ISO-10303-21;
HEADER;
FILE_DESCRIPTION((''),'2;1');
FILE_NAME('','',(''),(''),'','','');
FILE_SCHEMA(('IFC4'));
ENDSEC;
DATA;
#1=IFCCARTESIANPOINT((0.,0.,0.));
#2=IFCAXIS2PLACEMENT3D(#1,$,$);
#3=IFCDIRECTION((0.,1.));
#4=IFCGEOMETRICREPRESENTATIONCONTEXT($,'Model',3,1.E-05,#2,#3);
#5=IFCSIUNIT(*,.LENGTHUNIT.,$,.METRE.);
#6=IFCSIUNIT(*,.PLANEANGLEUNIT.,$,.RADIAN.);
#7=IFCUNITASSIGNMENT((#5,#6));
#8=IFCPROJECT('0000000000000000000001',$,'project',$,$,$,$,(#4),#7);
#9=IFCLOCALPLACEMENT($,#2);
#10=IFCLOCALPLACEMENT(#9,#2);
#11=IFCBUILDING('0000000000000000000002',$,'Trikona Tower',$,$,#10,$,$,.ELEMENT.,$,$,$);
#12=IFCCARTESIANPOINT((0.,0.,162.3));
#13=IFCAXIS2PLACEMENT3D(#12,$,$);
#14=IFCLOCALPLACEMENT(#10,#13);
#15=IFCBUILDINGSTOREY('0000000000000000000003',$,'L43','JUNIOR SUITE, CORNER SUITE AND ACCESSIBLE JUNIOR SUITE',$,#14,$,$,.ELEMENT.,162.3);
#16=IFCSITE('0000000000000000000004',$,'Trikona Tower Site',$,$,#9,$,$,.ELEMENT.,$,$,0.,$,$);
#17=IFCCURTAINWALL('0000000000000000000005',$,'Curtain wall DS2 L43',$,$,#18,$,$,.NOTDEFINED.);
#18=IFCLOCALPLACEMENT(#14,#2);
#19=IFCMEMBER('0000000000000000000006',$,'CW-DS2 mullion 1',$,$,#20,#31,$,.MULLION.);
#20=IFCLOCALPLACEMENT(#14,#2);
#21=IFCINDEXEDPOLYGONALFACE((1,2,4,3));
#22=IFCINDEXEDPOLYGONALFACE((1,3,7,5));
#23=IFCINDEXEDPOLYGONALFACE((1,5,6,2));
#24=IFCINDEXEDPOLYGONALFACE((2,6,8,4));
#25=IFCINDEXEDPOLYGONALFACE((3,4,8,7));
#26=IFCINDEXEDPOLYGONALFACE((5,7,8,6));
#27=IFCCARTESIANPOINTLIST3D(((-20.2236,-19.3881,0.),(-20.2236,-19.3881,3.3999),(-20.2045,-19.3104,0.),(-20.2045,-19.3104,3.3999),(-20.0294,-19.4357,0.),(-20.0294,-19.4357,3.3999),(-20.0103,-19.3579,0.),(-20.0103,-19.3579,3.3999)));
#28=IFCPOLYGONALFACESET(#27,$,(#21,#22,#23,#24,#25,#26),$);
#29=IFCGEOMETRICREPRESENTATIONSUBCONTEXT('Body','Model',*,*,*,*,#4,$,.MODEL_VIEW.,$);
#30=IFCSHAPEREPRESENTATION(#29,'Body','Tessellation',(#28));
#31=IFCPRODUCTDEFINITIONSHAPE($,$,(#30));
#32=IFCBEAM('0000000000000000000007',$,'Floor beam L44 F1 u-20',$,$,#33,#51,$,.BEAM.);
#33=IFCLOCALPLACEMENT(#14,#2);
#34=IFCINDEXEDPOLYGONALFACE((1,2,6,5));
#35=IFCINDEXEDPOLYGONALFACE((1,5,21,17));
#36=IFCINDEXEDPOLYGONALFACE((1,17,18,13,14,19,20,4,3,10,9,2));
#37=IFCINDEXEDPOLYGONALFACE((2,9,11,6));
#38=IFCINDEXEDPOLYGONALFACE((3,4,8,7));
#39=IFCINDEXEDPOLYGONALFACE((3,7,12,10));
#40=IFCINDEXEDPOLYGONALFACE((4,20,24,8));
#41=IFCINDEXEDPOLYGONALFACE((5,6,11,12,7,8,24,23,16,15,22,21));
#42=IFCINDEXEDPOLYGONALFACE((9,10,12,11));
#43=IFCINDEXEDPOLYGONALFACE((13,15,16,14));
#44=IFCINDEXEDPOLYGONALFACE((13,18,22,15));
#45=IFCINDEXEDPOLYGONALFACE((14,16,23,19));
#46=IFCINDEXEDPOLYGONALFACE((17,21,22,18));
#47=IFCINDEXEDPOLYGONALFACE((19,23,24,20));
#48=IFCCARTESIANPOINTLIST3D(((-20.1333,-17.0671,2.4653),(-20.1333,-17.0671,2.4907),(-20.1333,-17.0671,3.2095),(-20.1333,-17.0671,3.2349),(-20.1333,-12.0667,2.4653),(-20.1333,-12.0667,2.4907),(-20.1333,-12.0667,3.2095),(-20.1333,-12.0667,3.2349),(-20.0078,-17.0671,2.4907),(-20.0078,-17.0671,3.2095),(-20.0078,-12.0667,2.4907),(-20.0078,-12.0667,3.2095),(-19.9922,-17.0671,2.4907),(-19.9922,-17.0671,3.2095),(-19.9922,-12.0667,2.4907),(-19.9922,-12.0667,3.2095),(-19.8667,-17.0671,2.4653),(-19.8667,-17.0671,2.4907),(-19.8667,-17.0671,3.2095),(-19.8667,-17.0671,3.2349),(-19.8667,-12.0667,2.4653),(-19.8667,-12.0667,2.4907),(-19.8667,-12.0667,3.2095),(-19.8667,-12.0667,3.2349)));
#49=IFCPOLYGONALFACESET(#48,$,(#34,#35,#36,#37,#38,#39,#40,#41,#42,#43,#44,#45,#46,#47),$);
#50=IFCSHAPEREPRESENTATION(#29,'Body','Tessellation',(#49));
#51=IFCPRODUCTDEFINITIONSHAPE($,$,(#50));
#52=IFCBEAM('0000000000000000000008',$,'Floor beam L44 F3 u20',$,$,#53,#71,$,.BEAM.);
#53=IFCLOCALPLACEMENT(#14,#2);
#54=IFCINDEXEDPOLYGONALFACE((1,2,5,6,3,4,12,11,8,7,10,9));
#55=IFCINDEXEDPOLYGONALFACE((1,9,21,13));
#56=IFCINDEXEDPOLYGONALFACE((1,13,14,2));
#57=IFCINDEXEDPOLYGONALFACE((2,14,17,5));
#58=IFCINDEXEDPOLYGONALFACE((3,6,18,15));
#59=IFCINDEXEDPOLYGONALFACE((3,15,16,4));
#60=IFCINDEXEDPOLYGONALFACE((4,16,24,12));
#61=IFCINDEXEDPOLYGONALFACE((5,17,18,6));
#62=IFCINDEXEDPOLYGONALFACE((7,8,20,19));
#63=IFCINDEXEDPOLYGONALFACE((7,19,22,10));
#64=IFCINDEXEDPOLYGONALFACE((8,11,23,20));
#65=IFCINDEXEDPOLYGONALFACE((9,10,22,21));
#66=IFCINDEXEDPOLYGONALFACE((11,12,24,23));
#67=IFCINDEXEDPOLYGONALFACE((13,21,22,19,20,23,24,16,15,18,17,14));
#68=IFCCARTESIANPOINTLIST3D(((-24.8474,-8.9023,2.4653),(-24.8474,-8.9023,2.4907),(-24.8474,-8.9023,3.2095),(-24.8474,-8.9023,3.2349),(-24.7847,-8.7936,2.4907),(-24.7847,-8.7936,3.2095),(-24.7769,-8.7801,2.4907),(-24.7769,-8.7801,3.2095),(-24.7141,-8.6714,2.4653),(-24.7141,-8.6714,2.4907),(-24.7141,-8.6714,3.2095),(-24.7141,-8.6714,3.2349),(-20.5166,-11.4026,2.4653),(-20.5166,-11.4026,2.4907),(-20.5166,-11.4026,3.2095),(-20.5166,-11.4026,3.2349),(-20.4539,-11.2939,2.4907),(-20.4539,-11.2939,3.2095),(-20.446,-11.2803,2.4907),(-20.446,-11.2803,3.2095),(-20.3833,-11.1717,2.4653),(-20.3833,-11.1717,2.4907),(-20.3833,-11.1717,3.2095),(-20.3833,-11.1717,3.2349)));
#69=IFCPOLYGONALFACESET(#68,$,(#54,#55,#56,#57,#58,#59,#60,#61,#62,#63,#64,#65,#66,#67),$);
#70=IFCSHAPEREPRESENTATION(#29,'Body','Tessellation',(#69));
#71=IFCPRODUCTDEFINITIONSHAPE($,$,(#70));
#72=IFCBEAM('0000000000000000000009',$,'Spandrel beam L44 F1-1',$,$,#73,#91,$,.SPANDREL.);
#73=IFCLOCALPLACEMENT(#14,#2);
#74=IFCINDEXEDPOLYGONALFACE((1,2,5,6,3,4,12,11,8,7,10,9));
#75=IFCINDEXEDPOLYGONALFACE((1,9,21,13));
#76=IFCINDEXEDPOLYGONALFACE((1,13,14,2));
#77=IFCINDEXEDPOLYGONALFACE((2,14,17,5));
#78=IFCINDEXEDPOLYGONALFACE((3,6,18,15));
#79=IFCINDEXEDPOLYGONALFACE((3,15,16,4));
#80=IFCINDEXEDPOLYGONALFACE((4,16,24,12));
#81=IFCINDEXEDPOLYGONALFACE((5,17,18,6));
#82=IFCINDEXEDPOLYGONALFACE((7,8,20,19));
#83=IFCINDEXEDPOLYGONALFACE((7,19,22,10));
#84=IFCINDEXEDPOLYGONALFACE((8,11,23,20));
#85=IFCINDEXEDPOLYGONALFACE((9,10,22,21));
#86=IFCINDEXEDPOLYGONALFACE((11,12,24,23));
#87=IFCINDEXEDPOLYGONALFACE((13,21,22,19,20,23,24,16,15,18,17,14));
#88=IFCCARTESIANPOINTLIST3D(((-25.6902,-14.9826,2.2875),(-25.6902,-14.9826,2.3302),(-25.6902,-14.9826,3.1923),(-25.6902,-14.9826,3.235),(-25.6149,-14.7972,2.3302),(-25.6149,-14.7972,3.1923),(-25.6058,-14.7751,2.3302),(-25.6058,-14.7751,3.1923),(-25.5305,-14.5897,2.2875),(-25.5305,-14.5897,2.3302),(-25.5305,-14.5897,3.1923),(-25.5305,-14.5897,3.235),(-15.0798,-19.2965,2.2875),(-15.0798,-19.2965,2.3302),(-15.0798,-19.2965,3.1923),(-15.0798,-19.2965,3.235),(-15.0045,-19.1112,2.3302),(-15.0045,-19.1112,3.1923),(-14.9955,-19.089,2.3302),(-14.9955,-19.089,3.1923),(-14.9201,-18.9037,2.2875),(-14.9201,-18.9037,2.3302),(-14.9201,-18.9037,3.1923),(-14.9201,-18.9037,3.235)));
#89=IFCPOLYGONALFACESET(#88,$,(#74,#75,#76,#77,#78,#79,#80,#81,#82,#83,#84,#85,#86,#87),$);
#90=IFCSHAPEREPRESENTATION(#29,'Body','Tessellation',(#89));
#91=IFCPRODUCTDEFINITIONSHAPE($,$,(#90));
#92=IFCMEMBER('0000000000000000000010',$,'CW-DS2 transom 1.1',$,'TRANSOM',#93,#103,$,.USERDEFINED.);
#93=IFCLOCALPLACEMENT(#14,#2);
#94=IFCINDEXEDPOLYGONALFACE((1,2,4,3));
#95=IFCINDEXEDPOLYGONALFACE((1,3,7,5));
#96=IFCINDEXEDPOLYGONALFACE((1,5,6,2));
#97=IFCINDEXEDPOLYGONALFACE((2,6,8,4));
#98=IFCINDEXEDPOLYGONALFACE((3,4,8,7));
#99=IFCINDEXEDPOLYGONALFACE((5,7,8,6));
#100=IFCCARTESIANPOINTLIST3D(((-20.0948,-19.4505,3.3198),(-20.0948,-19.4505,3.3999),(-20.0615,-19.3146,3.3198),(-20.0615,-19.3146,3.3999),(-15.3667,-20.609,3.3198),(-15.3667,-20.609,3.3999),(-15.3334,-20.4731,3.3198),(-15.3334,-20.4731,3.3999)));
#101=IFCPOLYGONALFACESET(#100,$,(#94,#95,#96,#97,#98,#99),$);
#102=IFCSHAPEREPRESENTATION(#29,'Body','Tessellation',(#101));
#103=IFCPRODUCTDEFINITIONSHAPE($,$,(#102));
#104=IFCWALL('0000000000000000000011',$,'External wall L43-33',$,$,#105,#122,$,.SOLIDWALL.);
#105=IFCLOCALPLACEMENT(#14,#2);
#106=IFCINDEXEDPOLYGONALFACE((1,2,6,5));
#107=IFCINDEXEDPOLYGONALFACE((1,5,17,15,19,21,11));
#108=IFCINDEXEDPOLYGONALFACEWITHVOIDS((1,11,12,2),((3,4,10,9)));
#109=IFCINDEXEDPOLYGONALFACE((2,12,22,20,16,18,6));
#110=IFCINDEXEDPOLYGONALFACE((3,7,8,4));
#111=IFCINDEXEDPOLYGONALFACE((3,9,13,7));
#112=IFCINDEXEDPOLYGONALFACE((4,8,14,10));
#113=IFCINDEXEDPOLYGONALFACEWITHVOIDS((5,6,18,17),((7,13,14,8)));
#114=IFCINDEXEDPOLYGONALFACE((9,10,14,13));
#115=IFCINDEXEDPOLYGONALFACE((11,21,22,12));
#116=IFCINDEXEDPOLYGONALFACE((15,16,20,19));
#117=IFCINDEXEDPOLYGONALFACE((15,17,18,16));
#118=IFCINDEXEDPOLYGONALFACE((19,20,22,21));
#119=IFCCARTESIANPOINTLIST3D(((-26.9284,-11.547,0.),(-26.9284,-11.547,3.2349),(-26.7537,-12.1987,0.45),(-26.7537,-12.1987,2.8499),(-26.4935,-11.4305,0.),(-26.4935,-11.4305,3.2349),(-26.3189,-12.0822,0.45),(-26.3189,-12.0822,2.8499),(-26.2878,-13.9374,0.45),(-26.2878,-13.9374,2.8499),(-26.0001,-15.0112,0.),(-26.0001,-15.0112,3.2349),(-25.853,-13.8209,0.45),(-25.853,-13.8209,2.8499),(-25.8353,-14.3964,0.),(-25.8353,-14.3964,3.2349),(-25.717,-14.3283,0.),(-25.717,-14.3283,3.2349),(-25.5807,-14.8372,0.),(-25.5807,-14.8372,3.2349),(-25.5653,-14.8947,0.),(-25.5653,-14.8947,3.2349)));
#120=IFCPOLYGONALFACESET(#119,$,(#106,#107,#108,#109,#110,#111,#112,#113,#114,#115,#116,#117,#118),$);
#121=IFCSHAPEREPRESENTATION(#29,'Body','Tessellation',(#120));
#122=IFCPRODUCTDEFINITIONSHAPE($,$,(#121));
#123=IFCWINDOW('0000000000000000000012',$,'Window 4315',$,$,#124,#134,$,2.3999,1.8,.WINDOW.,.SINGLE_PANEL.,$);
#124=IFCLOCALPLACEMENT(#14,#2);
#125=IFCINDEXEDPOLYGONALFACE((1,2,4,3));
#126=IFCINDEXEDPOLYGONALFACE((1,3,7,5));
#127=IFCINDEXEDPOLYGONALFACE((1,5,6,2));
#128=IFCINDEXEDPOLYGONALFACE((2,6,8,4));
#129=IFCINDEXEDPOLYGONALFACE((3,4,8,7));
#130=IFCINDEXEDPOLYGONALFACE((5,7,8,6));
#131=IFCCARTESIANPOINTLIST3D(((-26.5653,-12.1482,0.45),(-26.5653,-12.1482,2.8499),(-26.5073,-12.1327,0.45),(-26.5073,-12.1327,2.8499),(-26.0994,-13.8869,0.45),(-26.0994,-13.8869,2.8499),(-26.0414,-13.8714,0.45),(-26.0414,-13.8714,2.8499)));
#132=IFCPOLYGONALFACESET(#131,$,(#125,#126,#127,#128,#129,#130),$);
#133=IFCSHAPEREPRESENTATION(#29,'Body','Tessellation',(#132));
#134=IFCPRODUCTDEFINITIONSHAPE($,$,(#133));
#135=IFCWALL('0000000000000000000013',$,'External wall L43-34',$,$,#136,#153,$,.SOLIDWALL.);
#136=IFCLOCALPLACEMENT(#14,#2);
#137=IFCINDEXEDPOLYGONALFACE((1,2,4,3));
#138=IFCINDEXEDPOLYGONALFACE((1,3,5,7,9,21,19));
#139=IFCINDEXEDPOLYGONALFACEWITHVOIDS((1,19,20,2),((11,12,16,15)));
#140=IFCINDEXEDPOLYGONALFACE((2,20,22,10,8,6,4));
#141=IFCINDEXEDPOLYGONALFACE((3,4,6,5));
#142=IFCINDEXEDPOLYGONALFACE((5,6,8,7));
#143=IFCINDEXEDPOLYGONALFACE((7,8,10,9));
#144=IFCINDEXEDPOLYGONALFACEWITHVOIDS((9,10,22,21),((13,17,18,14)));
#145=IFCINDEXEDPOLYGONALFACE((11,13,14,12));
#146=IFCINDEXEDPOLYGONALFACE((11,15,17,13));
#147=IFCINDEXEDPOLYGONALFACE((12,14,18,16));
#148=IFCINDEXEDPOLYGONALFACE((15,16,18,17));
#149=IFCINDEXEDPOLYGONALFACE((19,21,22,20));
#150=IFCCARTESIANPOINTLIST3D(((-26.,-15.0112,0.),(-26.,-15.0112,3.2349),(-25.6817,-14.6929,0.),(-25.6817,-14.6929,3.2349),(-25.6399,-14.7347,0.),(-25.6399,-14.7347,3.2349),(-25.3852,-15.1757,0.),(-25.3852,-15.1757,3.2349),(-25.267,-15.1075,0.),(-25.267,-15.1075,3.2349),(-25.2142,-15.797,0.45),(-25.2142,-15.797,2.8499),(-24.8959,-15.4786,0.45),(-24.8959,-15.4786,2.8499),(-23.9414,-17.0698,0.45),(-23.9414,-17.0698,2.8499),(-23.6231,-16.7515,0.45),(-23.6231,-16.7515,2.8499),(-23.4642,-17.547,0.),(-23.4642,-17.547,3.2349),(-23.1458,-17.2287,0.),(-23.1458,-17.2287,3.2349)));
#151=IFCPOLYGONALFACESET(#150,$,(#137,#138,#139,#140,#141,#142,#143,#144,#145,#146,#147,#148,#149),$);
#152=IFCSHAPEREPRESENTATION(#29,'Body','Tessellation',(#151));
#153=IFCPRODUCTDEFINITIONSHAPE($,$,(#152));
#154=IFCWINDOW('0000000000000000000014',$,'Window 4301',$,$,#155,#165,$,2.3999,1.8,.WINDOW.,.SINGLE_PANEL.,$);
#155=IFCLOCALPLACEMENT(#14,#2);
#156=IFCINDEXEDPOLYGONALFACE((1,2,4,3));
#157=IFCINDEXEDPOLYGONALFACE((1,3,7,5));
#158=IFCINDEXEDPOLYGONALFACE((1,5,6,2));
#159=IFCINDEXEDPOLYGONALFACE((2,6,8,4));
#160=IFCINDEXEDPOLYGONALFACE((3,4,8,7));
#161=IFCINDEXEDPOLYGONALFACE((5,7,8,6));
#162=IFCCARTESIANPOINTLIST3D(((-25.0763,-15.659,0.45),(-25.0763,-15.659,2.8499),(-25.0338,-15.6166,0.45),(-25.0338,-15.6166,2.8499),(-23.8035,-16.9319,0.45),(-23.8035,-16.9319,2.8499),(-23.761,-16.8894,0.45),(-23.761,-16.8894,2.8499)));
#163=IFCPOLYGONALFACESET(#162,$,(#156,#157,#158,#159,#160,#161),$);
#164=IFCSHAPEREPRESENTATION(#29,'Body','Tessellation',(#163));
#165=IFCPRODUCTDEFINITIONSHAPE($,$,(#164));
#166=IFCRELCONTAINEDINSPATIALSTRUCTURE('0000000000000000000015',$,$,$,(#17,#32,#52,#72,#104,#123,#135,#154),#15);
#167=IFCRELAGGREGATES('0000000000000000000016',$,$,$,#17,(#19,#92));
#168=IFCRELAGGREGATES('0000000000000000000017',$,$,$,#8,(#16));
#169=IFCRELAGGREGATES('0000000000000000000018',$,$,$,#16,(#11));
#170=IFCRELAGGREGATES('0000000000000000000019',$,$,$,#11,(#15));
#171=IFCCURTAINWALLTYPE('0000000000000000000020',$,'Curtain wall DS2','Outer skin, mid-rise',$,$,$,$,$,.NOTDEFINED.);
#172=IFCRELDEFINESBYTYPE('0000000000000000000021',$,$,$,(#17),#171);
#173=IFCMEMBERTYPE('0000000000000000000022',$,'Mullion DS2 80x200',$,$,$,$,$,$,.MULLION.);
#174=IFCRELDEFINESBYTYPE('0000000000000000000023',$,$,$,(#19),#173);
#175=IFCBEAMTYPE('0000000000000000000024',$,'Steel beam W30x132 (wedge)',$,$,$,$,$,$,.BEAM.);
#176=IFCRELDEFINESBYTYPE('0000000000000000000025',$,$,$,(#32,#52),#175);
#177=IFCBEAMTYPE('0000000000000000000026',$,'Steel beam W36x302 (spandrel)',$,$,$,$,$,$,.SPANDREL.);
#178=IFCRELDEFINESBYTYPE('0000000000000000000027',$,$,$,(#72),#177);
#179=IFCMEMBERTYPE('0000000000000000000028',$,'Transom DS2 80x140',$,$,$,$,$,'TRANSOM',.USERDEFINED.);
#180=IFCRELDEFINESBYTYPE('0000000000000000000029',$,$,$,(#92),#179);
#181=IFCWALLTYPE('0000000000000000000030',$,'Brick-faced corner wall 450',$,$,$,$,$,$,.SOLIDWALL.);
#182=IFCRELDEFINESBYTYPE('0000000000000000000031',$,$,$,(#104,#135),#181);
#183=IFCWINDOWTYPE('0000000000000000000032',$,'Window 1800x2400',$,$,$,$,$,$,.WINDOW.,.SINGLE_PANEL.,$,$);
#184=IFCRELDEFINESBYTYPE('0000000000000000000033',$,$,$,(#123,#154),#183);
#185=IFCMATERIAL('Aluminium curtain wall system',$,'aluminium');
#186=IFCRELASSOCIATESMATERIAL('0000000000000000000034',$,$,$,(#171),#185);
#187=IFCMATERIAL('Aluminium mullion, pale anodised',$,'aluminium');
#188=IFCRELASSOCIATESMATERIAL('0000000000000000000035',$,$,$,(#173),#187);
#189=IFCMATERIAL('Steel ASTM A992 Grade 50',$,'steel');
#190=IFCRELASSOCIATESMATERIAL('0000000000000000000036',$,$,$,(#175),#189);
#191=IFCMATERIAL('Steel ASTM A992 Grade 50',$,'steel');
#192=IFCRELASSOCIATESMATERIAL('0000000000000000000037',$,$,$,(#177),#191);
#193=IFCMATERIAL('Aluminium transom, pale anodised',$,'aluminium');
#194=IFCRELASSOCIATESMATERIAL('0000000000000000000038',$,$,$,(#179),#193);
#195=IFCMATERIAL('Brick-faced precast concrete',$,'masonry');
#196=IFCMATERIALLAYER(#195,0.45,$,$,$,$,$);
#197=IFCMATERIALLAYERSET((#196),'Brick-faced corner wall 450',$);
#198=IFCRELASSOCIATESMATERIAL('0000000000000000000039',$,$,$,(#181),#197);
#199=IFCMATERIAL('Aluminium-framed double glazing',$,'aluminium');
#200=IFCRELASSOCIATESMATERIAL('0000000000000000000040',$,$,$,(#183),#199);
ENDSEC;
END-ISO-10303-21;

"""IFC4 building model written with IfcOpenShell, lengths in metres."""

from ifc_helpers import new_model, si_unit, direction, frame, frame_2d, origin, origin_2d, place, context, subcontext, project, spatial, polyline, rectangle, i_section, outline, extrude, material, layer, layer_set, material_profile, profile_set, type_object, element, fill, aggregate, save


model = new_model("IFC4")

# Units and contexts
model_context = context("Model", 3, precision=1e-05, world=origin(), true_north=direction((0.0, 1.0)))
body_context = subcontext(model_context, "Body", "Model", "MODEL_VIEW")
ifc_project = project(units=[si_unit("LENGTHUNIT", "METRE"), si_unit("PLANEANGLEUNIT", "RADIAN")], contexts=[model_context])

# Site, building, storey
site_placement = place(None, origin())
site = spatial("IfcSite", under=ifc_project, at=site_placement, Name="Trikona Tower Site", CompositionType="ELEMENT", RefElevation=0.0)
building_placement = place(site_placement, origin())
building = spatial("IfcBuilding", under=site, at=building_placement, Name="Trikona Tower", CompositionType="ELEMENT")
storey_placement = place(building_placement, frame((0.0, 0.0, 162.3)))
storey = spatial("IfcBuildingStorey", under=building, at=storey_placement, Name="L43", Description="JUNIOR SUITE, CORNER SUITE AND ACCESSIBLE JUNIOR SUITE", CompositionType="ELEMENT", Elevation=162.3)

# Curtain wall, member
ifc_material_1 = material(Name="Aluminium curtain wall system", Category="aluminium")
curtain_wall_type = type_object("IfcCurtainWallType", Name="Curtain wall DS2", Description="Outer skin, mid-rise", PredefinedType="NOTDEFINED", material=ifc_material_1)
curtain_wall_placement = place(storey_placement, origin())
curtain_wall = element("IfcCurtainWall", 1, at=curtain_wall_placement, inside=storey, type_object=curtain_wall_type, Name="Curtain wall DS2 L43", PredefinedType="NOTDEFINED")
ifc_material_2 = material(Name="Aluminium mullion, pale anodised", Category="aluminium")
ifc_material_profile_1 = material_profile(ifc_material_2, rectangle(XDim=0.0801, YDim=0.2, at=origin_2d()), Name="MUL-DS2")
ifc_profile_set_1 = profile_set([ifc_material_profile_1], Name="Aluminium mullion, pale anodised")
member_type_1 = type_object("IfcMemberType", Name="Mullion DS2 80x200", PredefinedType="MULLION", material=ifc_profile_set_1)
member_1_placement = place(storey_placement, frame((-20.1169, -19.373, 0.0), z_axis=(0.0, 0.0, 1.0), x_axis=(0.23797, 0.971272, 0.0)))
member_1 = element("IfcMember", 2, at=member_1_placement, type_object=member_type_1, Name="CW-DS2 mullion 1", PredefinedType="MULLION", context=body_context, shape_type="SweptSolid", body=[
    extrude(rectangle(XDim=0.0801, YDim=0.2, at=origin_2d()), origin(), (0.0, 0.0, 1.0), 3.3999),
])

# Beams
ifc_material_3 = material(Name="Steel ASTM A992 Grade 50", Category="steel")
ifc_material_profile_2 = material_profile(ifc_material_3, i_section(OverallWidth=0.2666, OverallDepth=0.7695, WebThickness=0.0156, FlangeThickness=0.0254, at=origin_2d()), Name="W30X132")
ifc_profile_set_2 = profile_set([ifc_material_profile_2], Name="Steel ASTM A992 Grade 50")
beam_type_1 = type_object("IfcBeamType", Name="Steel beam W30x132 (wedge)", PredefinedType="BEAM", material=ifc_profile_set_2)
beam_1_placement = place(storey_placement, frame((-20.0, -12.0667, 2.8501), z_axis=(0.0, -1.0, 0.0), x_axis=(1.0, 0.0, 0.0)))
element("IfcBeam", 3, at=beam_1_placement, inside=storey, type_object=beam_type_1, Name="Floor beam L44 F1 u-20", PredefinedType="BEAM", context=body_context, shape_type="SweptSolid", body=[
    extrude(i_section(OverallWidth=0.2666, OverallDepth=0.7695, WebThickness=0.0156, FlangeThickness=0.0254, at=origin_2d()), origin(), (0.0, 0.0, 1.0), 5.0005),
])
beam_2_placement = place(storey_placement, frame((-20.45, -11.2871, 2.8501), z_axis=(-0.866038, 0.499977, 0.0), x_axis=(-0.499977, -0.866038, 0.0)))
element("IfcBeam", 4, at=beam_2_placement, inside=storey, type_object=beam_type_1, Name="Floor beam L44 F3 u20", PredefinedType="BEAM", context=body_context, shape_type="SweptSolid", body=[
    extrude(i_section(OverallWidth=0.2666, OverallDepth=0.7695, WebThickness=0.0156, FlangeThickness=0.0254, at=origin_2d()), origin(), (0.0, 0.0, 1.0), 5.0007),
])
ifc_material_4 = material(Name="Steel ASTM A992 Grade 50", Category="steel")
ifc_material_profile_3 = material_profile(ifc_material_4, i_section(OverallWidth=0.4241, OverallDepth=0.9475, WebThickness=0.0239, FlangeThickness=0.0427, at=origin_2d()), Name="W36X302")
ifc_profile_set_3 = profile_set([ifc_material_profile_3], Name="Steel ASTM A992 Grade 50")
beam_type_2 = type_object("IfcBeamType", Name="Steel beam W36x302 (spandrel)", PredefinedType="SPANDREL", material=ifc_profile_set_3)
beam_3_placement = place(storey_placement, frame((-25.6104, -14.7861, 2.7612), z_axis=(0.92636, -0.37664, 0.0), x_axis=(0.37664, 0.92636, 0.0)))
element("IfcBeam", 5, at=beam_3_placement, inside=storey, type_object=beam_type_2, Name="Spandrel beam L44 F1-1", PredefinedType="SPANDREL", context=body_context, shape_type="SweptSolid", body=[
    extrude(i_section(OverallWidth=0.4241, OverallDepth=0.9475, WebThickness=0.0239, FlangeThickness=0.0427, at=origin_2d()), origin(), (0.0, 0.0, 1.0), 11.4539),
])

# Member
ifc_material_5 = material(Name="Aluminium transom, pale anodised", Category="aluminium")
ifc_material_profile_4 = material_profile(ifc_material_5, rectangle(XDim=0.1399, YDim=0.0801, at=origin_2d()), Name="TRN-DS2")
ifc_profile_set_4 = profile_set([ifc_material_profile_4], Name="Aluminium transom, pale anodised")
member_type_2 = type_object("IfcMemberType", Name="Transom DS2 80x140", ElementType="TRANSOM", PredefinedType="USERDEFINED", material=ifc_profile_set_4)
member_2_placement = place(storey_placement, frame((-20.0781, -19.3826, 3.3599), z_axis=(0.971271, -0.237978, 0.0), x_axis=(0.237978, 0.971271, 0.0)))
member_2 = element("IfcMember", 6, at=member_2_placement, type_object=member_type_2, Name="CW-DS2 transom 1.1", ObjectType="TRANSOM", PredefinedType="USERDEFINED", context=body_context, shape_type="SweptSolid", body=[
    extrude(rectangle(XDim=0.1399, YDim=0.0801, at=origin_2d()), origin(), (0.0, 0.0, 1.0), 4.8679),
])
aggregate(curtain_wall, [member_1, member_2])

# Walls, openings, windows
ifc_material_6 = material(Name="Brick-faced precast concrete", Category="masonry")
ifc_layer_1 = layer(ifc_material_6, 0.45)
ifc_layer_set_1 = layer_set([ifc_layer_1], Name="Brick-faced corner wall 450")
wall_type_1 = type_object("IfcWallType", Name="Brick-faced corner wall 450", PredefinedType="SOLIDWALL", material=ifc_layer_set_1)
wall_1_placement = place(storey_placement, frame((-26.7109, -11.4888, 0.0), z_axis=(0.0, 0.0, 1.0), x_axis=(0.258823, -0.965925, 0.0)))
wall_1 = element("IfcWall", 7, at=wall_1_placement, inside=storey, type_object=wall_type_1, Name="External wall L43-33", PredefinedType="SOLIDWALL", context=body_context, shape_type="SweptSolid", body=[
    extrude(outline(polyline([(3.5864, 0.2251), (3.5269, 0.2251), (3.0352, 0.0933), (3.0, 0.2251), (0.0, 0.2251), (0.0, -0.2251), (3.5864, -0.2251), (3.5864, 0.2251)])), origin(), (0.0, 0.0, 1.0), 3.2349),
])
opening_1_placement = place(wall_1_placement, frame((0.6748, 0.0, 0.45)))
opening_1 = element("IfcOpeningElement", 8, at=opening_1_placement, cuts=wall_1, PredefinedType="OPENING", context=body_context, shape_type="SweptSolid", body=[
    extrude(rectangle(XDim=1.8, YDim=2.3999, at=frame_2d((0.8999, 1.2))), frame((0.0, 0.2349, 0.0), z_axis=(0.0, -1.0, 0.0), x_axis=(1.0, 0.0, 0.0)), (0.0, 0.0, 1.0), 0.47),
])
ifc_material_7 = material(Name="Aluminium-framed double glazing", Category="aluminium")
window_type_1 = type_object("IfcWindowType", Name="Window 1800x2400", PartitioningType="SINGLE_PANEL", PredefinedType="WINDOW", material=ifc_material_7)
window_1_placement = place(opening_1_placement, origin())
window_1 = element("IfcWindow", 9, at=window_1_placement, inside=storey, type_object=window_type_1, Name="Window 4315", OverallHeight=2.3999, OverallWidth=1.8, PartitioningType="SINGLE_PANEL", PredefinedType="WINDOW", context=body_context, shape_type="SweptSolid", body=[
    extrude(rectangle(XDim=1.8, YDim=2.3999, at=frame_2d((0.8999, 1.2))), frame((0.0, 0.03, 0.0), z_axis=(0.0, -1.0, 0.0), x_axis=(1.0, 0.0, 0.0)), (0.0, 0.0, 1.0), 0.0601),
])
fill(opening_1, window_1)
wall_2_placement = place(storey_placement, frame((-25.8408, -14.8521, 0.0), z_axis=(0.0, 0.0, 1.0), x_axis=(0.707107, -0.707107, 0.0)))
wall_2 = element("IfcWall", 10, at=wall_2_placement, inside=storey, type_object=wall_type_1, Name="External wall L43-34", PredefinedType="SOLIDWALL", context=body_context, shape_type="SweptSolid", body=[
    extrude(outline(polyline([(3.5862, 0.2251), (0.5864, 0.2251), (0.551, 0.0933), (0.0591, 0.2251), (0.0, 0.2251), (0.0, -0.2251), (3.5862, -0.2251), (3.5862, 0.2251)])), origin(), (0.0, 0.0, 1.0), 3.2349),
])
opening_2_placement = place(wall_2_placement, frame((1.1113, 0.0, 0.45)))
opening_2 = element("IfcOpeningElement", 11, at=opening_2_placement, cuts=wall_2, PredefinedType="OPENING", context=body_context, shape_type="SweptSolid", body=[
    extrude(rectangle(XDim=1.8, YDim=2.3999, at=frame_2d((0.8999, 1.2))), frame((0.0, 0.2349, 0.0), z_axis=(0.0, -1.0, 0.0), x_axis=(1.0, 0.0, 0.0)), (0.0, 0.0, 1.0), 0.47),
])
window_2_placement = place(opening_2_placement, origin())
window_2 = element("IfcWindow", 12, at=window_2_placement, inside=storey, type_object=window_type_1, Name="Window 4301", OverallHeight=2.3999, OverallWidth=1.8, PartitioningType="SINGLE_PANEL", PredefinedType="WINDOW", context=body_context, shape_type="SweptSolid", body=[
    extrude(rectangle(XDim=1.8, YDim=2.3999, at=frame_2d((0.8999, 1.2))), frame((0.0, 0.03, 0.0), z_axis=(0.0, -1.0, 0.0), x_axis=(1.0, 0.0, 0.0)), (0.0, 0.0, 1.0), 0.0601),
])
fill(opening_2, window_2)

save(model, "model.ifc")
